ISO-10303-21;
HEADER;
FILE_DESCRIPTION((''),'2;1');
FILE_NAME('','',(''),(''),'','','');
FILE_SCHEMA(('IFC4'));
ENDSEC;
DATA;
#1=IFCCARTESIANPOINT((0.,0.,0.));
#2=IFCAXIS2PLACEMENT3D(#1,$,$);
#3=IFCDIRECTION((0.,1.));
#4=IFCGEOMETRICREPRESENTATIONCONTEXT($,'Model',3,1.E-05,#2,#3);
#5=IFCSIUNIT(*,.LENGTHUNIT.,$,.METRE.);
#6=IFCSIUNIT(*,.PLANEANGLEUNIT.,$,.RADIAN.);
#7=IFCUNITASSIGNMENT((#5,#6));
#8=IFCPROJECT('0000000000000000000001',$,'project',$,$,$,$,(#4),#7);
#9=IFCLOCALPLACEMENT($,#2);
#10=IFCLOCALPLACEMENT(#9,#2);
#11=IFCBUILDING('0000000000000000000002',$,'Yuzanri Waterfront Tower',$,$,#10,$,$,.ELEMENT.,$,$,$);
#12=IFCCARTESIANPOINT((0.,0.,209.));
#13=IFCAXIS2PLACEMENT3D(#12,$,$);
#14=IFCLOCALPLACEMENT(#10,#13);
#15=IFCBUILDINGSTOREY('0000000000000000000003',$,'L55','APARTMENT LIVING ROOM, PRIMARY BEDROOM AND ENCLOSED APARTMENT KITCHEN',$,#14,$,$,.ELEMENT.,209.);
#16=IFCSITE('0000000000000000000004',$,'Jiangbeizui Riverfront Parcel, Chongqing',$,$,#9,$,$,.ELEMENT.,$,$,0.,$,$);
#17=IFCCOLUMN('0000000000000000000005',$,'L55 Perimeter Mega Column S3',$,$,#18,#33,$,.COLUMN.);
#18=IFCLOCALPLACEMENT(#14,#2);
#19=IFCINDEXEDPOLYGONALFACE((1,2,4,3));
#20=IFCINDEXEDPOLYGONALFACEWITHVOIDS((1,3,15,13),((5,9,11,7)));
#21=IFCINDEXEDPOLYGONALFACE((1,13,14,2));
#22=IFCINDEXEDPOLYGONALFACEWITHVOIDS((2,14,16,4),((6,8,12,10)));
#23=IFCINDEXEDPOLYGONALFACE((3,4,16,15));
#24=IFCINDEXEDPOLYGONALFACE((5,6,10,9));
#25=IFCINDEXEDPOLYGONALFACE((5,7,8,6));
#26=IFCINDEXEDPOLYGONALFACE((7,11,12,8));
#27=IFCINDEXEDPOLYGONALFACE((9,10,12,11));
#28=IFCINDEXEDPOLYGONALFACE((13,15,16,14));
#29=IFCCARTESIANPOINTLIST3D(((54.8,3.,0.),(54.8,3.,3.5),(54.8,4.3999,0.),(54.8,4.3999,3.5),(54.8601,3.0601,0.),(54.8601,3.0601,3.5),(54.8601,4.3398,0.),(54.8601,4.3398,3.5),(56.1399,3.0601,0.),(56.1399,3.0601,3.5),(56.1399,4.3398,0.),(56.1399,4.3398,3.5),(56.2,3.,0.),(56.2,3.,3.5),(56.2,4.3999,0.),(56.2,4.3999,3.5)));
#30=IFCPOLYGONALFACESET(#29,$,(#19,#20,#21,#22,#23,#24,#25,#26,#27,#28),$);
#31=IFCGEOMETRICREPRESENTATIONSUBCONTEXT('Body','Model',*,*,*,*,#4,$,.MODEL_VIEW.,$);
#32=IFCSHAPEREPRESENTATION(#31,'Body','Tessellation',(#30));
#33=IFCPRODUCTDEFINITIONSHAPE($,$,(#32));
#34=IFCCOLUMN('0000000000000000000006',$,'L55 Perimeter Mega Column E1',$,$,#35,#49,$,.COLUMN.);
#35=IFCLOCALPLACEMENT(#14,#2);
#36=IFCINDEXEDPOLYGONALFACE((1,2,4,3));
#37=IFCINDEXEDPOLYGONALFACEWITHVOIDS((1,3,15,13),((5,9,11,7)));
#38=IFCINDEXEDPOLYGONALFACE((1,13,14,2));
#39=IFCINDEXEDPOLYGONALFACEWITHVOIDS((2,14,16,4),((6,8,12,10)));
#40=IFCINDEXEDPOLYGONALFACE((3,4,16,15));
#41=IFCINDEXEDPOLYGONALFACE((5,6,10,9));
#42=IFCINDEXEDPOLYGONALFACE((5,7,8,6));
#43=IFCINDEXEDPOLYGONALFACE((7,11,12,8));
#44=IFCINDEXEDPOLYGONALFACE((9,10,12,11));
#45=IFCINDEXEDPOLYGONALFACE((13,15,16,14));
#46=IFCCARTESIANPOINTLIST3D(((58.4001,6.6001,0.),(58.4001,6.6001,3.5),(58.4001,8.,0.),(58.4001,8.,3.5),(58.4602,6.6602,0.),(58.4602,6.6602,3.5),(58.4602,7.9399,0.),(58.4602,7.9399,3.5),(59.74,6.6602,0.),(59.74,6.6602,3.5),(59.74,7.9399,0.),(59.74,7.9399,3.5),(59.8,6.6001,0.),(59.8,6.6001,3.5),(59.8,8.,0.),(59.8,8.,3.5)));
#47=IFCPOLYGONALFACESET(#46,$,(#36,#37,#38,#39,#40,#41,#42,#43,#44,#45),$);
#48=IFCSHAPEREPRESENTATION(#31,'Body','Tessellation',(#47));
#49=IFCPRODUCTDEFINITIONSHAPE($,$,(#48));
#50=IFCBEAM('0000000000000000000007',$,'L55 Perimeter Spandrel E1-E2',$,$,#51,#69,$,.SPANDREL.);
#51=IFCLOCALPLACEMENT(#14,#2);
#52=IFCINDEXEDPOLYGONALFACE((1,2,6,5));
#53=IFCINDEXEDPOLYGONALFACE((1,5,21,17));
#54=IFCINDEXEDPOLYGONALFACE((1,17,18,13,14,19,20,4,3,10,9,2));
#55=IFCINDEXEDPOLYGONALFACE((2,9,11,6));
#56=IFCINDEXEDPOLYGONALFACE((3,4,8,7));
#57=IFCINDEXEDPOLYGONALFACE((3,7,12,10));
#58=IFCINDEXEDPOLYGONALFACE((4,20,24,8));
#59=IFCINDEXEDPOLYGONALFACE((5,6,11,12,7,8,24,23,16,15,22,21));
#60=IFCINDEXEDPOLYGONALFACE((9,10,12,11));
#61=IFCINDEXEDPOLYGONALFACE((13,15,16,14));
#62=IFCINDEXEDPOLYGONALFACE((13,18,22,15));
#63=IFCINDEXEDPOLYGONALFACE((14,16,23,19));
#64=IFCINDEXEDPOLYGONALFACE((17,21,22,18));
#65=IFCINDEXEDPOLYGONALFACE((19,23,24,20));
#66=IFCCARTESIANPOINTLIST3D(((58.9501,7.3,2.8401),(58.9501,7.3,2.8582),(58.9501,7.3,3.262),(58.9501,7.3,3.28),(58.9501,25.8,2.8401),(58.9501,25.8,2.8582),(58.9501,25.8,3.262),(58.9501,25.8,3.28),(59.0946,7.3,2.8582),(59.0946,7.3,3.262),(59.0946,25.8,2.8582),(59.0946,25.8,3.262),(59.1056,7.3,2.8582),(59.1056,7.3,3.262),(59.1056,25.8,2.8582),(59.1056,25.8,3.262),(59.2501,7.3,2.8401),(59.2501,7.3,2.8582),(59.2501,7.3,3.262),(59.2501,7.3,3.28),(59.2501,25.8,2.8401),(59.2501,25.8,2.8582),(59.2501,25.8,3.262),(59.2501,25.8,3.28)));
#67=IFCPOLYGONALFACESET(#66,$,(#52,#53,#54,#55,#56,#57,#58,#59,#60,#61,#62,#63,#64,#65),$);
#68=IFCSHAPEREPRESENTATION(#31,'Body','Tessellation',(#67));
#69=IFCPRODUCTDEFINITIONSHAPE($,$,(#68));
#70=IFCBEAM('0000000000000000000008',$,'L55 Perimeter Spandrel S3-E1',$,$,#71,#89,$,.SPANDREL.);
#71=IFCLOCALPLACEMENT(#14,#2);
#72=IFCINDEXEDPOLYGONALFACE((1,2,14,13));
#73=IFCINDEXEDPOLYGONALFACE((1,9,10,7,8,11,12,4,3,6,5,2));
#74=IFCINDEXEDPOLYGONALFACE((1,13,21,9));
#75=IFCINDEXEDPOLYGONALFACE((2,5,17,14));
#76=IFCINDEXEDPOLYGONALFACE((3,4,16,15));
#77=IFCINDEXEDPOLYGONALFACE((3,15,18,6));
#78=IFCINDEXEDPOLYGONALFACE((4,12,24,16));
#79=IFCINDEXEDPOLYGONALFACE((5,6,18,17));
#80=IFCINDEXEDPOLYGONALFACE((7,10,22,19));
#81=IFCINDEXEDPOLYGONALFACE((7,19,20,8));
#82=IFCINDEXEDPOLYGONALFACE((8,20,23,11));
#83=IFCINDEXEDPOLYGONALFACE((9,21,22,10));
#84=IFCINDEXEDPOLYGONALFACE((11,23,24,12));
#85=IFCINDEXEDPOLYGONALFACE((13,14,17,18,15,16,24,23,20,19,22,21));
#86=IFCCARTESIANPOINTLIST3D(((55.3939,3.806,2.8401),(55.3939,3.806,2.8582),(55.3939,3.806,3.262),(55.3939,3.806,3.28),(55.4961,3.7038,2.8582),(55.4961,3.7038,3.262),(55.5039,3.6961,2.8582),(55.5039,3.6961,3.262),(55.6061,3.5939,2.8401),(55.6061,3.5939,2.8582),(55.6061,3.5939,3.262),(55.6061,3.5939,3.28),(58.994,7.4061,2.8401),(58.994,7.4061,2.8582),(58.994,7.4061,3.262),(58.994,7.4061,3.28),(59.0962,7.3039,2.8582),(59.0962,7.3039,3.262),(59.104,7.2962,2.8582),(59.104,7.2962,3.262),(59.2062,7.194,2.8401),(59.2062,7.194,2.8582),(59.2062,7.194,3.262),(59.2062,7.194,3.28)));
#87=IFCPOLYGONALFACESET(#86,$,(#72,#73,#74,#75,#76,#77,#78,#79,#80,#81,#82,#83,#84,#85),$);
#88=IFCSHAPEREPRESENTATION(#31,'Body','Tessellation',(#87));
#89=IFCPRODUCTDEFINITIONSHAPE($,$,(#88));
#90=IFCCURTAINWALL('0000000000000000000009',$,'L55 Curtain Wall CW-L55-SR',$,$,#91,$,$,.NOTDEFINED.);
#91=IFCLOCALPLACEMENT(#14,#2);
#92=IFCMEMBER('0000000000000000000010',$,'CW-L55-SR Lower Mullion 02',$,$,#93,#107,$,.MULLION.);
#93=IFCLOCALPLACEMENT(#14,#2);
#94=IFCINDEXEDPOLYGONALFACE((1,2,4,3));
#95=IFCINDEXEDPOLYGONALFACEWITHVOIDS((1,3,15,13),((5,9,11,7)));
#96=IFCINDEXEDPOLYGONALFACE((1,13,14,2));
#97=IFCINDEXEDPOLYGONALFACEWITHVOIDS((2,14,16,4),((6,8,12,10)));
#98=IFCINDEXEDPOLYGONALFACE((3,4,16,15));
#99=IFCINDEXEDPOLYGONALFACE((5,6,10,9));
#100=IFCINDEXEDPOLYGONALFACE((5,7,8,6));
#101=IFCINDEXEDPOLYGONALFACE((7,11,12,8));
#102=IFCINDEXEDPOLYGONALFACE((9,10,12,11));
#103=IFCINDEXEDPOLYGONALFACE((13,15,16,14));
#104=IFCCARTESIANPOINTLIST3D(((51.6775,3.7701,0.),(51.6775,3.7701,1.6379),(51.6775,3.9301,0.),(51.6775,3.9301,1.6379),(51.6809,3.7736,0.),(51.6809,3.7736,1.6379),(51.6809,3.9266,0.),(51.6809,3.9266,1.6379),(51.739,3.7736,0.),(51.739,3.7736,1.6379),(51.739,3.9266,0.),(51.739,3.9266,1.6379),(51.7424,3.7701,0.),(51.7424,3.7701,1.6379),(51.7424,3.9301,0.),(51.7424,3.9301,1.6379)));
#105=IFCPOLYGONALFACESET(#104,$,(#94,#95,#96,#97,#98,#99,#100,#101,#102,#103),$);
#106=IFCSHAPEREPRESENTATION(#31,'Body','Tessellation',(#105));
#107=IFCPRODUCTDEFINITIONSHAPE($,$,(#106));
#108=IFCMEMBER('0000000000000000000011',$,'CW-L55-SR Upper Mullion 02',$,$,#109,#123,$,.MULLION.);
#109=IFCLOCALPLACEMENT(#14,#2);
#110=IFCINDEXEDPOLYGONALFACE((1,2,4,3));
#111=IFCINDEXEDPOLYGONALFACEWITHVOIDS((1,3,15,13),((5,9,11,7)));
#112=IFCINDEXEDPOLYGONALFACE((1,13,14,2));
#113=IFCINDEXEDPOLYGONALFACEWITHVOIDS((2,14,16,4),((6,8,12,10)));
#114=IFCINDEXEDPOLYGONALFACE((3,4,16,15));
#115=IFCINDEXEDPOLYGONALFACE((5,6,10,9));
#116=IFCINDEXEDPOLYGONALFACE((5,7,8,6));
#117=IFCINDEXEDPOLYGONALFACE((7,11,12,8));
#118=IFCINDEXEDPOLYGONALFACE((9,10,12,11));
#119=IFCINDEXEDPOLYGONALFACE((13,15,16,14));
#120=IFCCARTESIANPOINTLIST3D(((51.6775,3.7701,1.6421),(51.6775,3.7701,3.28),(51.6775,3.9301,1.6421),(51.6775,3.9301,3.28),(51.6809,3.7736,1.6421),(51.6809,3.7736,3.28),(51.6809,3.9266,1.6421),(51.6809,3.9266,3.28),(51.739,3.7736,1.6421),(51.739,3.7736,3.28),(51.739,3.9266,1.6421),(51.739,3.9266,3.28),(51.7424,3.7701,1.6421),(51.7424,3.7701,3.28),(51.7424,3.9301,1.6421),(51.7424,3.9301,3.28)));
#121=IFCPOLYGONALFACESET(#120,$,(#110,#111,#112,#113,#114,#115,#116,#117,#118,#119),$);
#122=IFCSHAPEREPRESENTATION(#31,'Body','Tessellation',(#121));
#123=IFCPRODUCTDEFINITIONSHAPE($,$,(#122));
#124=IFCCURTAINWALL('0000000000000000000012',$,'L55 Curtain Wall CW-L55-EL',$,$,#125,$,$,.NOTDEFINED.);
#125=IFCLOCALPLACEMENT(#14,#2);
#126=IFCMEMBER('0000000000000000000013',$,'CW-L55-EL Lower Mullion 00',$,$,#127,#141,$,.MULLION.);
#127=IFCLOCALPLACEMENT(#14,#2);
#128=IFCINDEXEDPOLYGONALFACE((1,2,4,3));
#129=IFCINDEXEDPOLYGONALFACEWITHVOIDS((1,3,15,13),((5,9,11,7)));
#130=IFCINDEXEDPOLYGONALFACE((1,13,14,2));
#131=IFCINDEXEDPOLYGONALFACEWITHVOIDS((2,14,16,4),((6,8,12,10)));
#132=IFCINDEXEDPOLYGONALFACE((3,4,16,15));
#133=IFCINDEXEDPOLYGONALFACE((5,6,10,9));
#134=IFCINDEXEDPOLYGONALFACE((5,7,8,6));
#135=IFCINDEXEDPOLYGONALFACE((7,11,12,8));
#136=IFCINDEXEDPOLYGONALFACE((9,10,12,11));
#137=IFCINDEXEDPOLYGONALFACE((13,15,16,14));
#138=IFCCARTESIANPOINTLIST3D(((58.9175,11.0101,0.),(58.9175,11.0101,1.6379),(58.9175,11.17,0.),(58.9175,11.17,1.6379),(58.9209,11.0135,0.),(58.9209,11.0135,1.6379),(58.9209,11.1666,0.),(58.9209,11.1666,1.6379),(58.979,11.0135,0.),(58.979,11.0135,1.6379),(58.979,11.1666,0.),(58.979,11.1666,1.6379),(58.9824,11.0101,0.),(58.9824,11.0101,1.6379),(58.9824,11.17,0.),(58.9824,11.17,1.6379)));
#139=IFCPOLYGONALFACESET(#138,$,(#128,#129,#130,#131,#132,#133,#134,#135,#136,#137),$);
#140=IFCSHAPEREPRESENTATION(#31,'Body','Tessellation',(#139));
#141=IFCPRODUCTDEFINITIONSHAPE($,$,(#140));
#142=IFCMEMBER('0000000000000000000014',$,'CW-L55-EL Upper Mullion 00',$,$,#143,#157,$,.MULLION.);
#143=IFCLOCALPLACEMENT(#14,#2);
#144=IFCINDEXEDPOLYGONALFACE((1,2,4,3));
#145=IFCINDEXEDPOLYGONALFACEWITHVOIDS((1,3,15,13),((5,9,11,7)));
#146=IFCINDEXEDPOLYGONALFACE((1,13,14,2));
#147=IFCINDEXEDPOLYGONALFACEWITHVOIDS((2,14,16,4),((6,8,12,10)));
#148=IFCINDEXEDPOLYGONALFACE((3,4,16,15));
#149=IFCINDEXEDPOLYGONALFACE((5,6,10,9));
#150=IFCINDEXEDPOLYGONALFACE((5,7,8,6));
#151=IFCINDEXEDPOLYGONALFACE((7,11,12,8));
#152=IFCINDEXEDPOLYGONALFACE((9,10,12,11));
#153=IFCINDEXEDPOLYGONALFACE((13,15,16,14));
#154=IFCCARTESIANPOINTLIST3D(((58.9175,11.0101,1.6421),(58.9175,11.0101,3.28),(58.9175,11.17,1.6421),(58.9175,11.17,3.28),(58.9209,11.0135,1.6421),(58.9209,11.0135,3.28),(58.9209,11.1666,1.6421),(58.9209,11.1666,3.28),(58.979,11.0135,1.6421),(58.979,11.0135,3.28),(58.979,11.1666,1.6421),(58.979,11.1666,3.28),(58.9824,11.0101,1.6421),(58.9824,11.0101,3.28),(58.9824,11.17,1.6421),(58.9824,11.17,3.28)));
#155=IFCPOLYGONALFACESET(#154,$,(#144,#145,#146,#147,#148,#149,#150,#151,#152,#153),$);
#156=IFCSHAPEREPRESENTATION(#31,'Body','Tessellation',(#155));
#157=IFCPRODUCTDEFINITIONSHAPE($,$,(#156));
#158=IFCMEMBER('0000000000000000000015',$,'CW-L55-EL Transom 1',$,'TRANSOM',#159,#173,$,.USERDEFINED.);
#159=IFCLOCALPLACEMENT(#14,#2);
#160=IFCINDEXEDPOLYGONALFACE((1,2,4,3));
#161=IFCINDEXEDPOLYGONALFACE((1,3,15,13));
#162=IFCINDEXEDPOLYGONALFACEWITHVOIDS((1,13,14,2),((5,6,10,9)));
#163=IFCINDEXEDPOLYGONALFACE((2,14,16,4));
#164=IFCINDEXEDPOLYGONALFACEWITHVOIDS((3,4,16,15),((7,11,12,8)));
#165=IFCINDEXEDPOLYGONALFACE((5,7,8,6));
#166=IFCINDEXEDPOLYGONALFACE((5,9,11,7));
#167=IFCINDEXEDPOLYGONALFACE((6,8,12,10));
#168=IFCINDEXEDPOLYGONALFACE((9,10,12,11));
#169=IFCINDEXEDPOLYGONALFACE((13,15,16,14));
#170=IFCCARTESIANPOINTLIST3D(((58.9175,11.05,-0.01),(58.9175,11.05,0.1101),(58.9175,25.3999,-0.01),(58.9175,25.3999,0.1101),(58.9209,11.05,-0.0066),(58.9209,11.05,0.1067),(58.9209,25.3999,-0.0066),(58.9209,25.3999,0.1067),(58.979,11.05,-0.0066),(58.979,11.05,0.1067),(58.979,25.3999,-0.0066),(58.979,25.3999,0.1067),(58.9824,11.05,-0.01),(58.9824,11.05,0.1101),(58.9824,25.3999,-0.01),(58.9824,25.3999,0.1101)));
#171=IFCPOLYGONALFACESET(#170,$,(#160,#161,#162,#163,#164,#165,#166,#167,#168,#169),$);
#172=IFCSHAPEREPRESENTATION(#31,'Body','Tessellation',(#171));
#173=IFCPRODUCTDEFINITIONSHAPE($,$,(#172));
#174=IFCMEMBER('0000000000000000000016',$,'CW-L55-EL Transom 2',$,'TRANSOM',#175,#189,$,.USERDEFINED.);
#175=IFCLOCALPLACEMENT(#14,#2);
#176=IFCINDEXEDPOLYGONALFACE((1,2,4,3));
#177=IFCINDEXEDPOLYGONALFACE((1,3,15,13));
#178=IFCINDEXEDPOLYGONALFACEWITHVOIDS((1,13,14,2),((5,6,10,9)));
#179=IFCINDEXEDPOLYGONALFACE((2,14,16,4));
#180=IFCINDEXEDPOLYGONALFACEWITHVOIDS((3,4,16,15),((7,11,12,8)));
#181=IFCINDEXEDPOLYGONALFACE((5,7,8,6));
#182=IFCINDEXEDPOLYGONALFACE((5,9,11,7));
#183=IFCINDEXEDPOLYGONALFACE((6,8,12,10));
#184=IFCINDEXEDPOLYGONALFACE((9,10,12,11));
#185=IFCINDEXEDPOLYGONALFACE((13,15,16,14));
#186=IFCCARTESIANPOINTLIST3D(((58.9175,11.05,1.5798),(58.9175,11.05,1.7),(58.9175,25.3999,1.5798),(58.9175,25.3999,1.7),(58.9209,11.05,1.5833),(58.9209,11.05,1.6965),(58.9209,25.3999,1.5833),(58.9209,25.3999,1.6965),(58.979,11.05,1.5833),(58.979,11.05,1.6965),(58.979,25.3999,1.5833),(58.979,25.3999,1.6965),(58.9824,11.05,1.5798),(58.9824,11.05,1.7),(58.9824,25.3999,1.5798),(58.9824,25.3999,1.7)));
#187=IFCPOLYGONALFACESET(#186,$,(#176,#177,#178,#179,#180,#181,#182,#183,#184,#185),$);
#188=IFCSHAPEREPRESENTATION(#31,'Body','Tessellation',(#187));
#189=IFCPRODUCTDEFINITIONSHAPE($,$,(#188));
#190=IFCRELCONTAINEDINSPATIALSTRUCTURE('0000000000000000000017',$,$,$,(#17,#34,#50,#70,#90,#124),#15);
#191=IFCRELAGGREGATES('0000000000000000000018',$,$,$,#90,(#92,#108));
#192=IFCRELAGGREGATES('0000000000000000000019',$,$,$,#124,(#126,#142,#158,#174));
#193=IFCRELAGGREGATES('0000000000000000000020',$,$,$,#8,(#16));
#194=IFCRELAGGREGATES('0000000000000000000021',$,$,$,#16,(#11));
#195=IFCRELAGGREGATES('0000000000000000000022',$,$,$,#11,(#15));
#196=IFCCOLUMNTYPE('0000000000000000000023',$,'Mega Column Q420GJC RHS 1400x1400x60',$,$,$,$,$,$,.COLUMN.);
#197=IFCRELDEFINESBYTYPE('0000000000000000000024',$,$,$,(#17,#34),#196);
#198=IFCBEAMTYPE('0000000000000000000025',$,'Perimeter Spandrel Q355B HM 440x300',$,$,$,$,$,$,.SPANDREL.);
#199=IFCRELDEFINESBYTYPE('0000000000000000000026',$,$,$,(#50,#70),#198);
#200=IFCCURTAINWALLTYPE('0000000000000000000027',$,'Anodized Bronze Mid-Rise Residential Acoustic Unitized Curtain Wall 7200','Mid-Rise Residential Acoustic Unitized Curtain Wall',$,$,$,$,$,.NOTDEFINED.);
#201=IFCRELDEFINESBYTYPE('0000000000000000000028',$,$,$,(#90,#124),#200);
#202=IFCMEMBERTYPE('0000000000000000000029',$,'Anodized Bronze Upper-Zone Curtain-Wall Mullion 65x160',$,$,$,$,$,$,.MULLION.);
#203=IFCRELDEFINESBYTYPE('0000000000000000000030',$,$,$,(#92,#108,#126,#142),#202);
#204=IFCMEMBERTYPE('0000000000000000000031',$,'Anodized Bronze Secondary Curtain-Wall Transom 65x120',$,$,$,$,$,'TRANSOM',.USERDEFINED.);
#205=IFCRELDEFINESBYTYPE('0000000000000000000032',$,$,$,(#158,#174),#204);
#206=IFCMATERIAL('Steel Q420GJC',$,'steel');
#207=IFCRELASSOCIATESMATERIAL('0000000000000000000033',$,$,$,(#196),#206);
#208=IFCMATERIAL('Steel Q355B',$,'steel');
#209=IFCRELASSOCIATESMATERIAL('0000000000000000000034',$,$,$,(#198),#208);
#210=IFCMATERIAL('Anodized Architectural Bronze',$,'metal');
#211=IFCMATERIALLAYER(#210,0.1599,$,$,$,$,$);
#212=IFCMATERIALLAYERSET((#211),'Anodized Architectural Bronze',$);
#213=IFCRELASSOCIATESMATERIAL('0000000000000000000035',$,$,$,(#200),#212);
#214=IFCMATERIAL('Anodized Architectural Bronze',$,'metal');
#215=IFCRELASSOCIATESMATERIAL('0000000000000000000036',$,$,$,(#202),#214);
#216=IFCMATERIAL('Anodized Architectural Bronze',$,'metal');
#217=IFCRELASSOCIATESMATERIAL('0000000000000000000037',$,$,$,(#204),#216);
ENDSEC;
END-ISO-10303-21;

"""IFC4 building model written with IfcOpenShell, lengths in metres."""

from ifc_helpers import new_model, si_unit, direction, frame, origin, origin_2d, place, context, subcontext, project, spatial, hollow_rectangle, i_section, extrude, source, transform, mapped, material, layer, layer_set, material_profile, profile_set, type_object, element, aggregate, save


model = new_model("IFC4")

# Units and contexts
model_context = context("Model", 3, precision=1e-05, world=origin(), true_north=direction((0.0, 1.0)))
body_context = subcontext(model_context, "Body", "Model", "MODEL_VIEW")
ifc_project = project(units=[si_unit("LENGTHUNIT", "METRE"), si_unit("PLANEANGLEUNIT", "RADIAN")], contexts=[model_context])

# Site, building, storey
site_placement = place(None, origin())
site = spatial("IfcSite", under=ifc_project, at=site_placement, Name="Jiangbeizui Riverfront Parcel, Chongqing", CompositionType="ELEMENT", RefElevation=0.0)
building_placement = place(site_placement, origin())
building = spatial("IfcBuilding", under=site, at=building_placement, Name="Yuzanri Waterfront Tower", CompositionType="ELEMENT")
storey_placement = place(building_placement, frame((0.0, 0.0, 209.0)))
storey = spatial("IfcBuildingStorey", under=building, at=storey_placement, Name="L55", Description="APARTMENT LIVING ROOM, PRIMARY BEDROOM AND ENCLOSED APARTMENT KITCHEN", CompositionType="ELEMENT", Elevation=209.0)

# Columns
ifc_material_1 = material(Name="Steel Q420GJC", Category="steel")
ifc_material_profile_1 = material_profile(ifc_material_1, hollow_rectangle(XDim=1.3999, YDim=1.3999, WallThickness=0.0601, at=origin_2d()), Name="RHS 1400x1400x60")
ifc_profile_set_1 = profile_set([ifc_material_profile_1], Name="Steel Q420GJC")
column_type = type_object("IfcColumnType", Name="Mega Column Q420GJC RHS 1400x1400x60", PredefinedType="COLUMN", material=ifc_profile_set_1)
shared_shape_1 = source(origin(), body_context, "Body", "SweptSolid", [
    extrude(hollow_rectangle(XDim=1.3999, YDim=1.3999, WallThickness=0.0601, at=origin_2d()), origin(), (0.0, 0.0, 1.0), 3.5),
])
for number, where, z_axis, x_axis, name in (
    (1, (55.5, 3.7, 0.0), (0.0, 0.0, 1.0), (1.0, 0.0, 0.0), "L55 Perimeter Mega Column S3"),
    (2, (59.1001, 7.3, 0.0), (0.0, 0.0, 1.0), (1.0, 0.0, 0.0), "L55 Perimeter Mega Column E1"),
):
    element("IfcColumn", number, at=place(storey_placement, frame(where, z_axis=z_axis, x_axis=x_axis)), inside=storey, type_object=column_type, Name=name, PredefinedType="COLUMN", context=body_context, shape_type="MappedRepresentation", body=[
        mapped(shared_shape_1, transform((0.0, 0.0, 0.0), scale=1.0)),
    ])

# Beams
ifc_material_2 = material(Name="Steel Q355B", Category="steel")
ifc_material_profile_2 = material_profile(ifc_material_2, i_section(OverallWidth=0.3, OverallDepth=0.4399, WebThickness=0.011, FlangeThickness=0.0181, at=origin_2d()), Name="HM 440x300x11x18")
ifc_profile_set_2 = profile_set([ifc_material_profile_2], Name="Steel Q355B")
beam_type = type_object("IfcBeamType", Name="Perimeter Spandrel Q355B HM 440x300", PredefinedType="SPANDREL", material=ifc_profile_set_2)
shared_shape_2 = source(origin(), body_context, "Body", "SweptSolid", [
    extrude(i_section(OverallWidth=0.3, OverallDepth=0.4399, WebThickness=0.011, FlangeThickness=0.0181, at=origin_2d()), origin(), (0.0, 0.0, 1.0), 18.5),
])
beam_1_placement = place(storey_placement, frame((59.1001, 7.3, 3.0601), z_axis=(0.0, 1.0, 0.0), x_axis=(-1.0, 0.0, 0.0)))
element("IfcBeam", 3, at=beam_1_placement, inside=storey, type_object=beam_type, Name="L55 Perimeter Spandrel E1-E2", PredefinedType="SPANDREL", context=body_context, shape_type="MappedRepresentation", body=[
    mapped(shared_shape_2, transform((0.0, 0.0, 0.0), scale=1.0)),
])
shared_shape_3 = source(origin(), body_context, "Body", "SweptSolid", [
    extrude(i_section(OverallWidth=0.3, OverallDepth=0.4399, WebThickness=0.011, FlangeThickness=0.0181, at=origin_2d()), origin(), (0.0, 0.0, 1.0), 5.0913),
])
beam_2_placement = place(storey_placement, frame((55.5, 3.7, 3.0601), z_axis=(0.707107, 0.707107, 0.0), x_axis=(-0.707107, 0.707107, 0.0)))
element("IfcBeam", 4, at=beam_2_placement, inside=storey, type_object=beam_type, Name="L55 Perimeter Spandrel S3-E1", PredefinedType="SPANDREL", context=body_context, shape_type="MappedRepresentation", body=[
    mapped(shared_shape_3, transform((0.0, 0.0, 0.0), scale=1.0)),
])

# Curtain walls, members
ifc_material_3 = material(Name="Anodized Architectural Bronze", Category="metal")
ifc_layer_1 = layer(ifc_material_3, 0.1599)
ifc_layer_set_1 = layer_set([ifc_layer_1], Name="Anodized Architectural Bronze")
curtain_wall_type = type_object("IfcCurtainWallType", Name="Anodized Bronze Mid-Rise Residential Acoustic Unitized Curtain Wall 7200", Description="Mid-Rise Residential Acoustic Unitized Curtain Wall", PredefinedType="NOTDEFINED", material=ifc_layer_set_1)
curtain_wall_1_placement = place(storey_placement, origin())
curtain_wall_1 = element("IfcCurtainWall", 5, at=curtain_wall_1_placement, inside=storey, type_object=curtain_wall_type, Name="L55 Curtain Wall CW-L55-SR", PredefinedType="NOTDEFINED")
ifc_material_4 = material(Name="Anodized Architectural Bronze", Category="metal")
ifc_material_profile_3 = material_profile(ifc_material_4, hollow_rectangle(XDim=0.0649, YDim=0.1599, WallThickness=0.0034, at=origin_2d()), Name="CWM 65x160")
ifc_profile_set_3 = profile_set([ifc_material_profile_3], Name="Anodized Architectural Bronze")
member_type_1 = type_object("IfcMemberType", Name="Anodized Bronze Upper-Zone Curtain-Wall Mullion 65x160", PredefinedType="MULLION", material=ifc_profile_set_3)
shared_shape_4 = source(origin(), body_context, "Body", "SweptSolid", [
    extrude(hollow_rectangle(XDim=0.0649, YDim=0.1599, WallThickness=0.0034, at=origin_2d()), origin(), (0.0, 0.0, 1.0), 1.6379),
])
member_1_placement = place(storey_placement, frame((51.71, 3.8501, 0.0), z_axis=(0.0, 0.0, 1.0), x_axis=(1.0, 0.0, 0.0)))
member_1 = element("IfcMember", 6, at=member_1_placement, type_object=member_type_1, Name="CW-L55-SR Lower Mullion 02", PredefinedType="MULLION", context=body_context, shape_type="MappedRepresentation", body=[
    mapped(shared_shape_4, transform((0.0, 0.0, 0.0), scale=1.0)),
])
member_2_placement = place(storey_placement, frame((51.71, 3.8501, 1.6421), z_axis=(0.0, 0.0, 1.0), x_axis=(1.0, 0.0, 0.0)))
member_2 = element("IfcMember", 7, at=member_2_placement, type_object=member_type_1, Name="CW-L55-SR Upper Mullion 02", PredefinedType="MULLION", context=body_context, shape_type="MappedRepresentation", body=[
    mapped(shared_shape_4, transform((0.0, 0.0, 0.0), scale=1.0)),
])
aggregate(curtain_wall_1, [member_1, member_2])
curtain_wall_2_placement = place(storey_placement, origin())
curtain_wall_2 = element("IfcCurtainWall", 8, at=curtain_wall_2_placement, inside=storey, type_object=curtain_wall_type, Name="L55 Curtain Wall CW-L55-EL", PredefinedType="NOTDEFINED")
member_3_placement = place(storey_placement, frame((58.95, 11.0901, 0.0), z_axis=(0.0, 0.0, 1.0), x_axis=(1.0, 0.0, 0.0)))
member_3 = element("IfcMember", 9, at=member_3_placement, type_object=member_type_1, Name="CW-L55-EL Lower Mullion 00", PredefinedType="MULLION", context=body_context, shape_type="MappedRepresentation", body=[
    mapped(shared_shape_4, transform((0.0, 0.0, 0.0), scale=1.0)),
])
member_4_placement = place(storey_placement, frame((58.95, 11.0901, 1.6421), z_axis=(0.0, 0.0, 1.0), x_axis=(1.0, 0.0, 0.0)))
member_4 = element("IfcMember", 10, at=member_4_placement, type_object=member_type_1, Name="CW-L55-EL Upper Mullion 00", PredefinedType="MULLION", context=body_context, shape_type="MappedRepresentation", body=[
    mapped(shared_shape_4, transform((0.0, 0.0, 0.0), scale=1.0)),
])
ifc_material_5 = material(Name="Anodized Architectural Bronze", Category="metal")
ifc_material_profile_4 = material_profile(ifc_material_5, hollow_rectangle(XDim=0.0649, YDim=0.1201, WallThickness=0.0034, at=origin_2d()), Name="CWT 65x120")
ifc_profile_set_4 = profile_set([ifc_material_profile_4], Name="Anodized Architectural Bronze")
member_type_2 = type_object("IfcMemberType", Name="Anodized Bronze Secondary Curtain-Wall Transom 65x120", ElementType="TRANSOM", PredefinedType="USERDEFINED", material=ifc_profile_set_4)
shared_shape_5 = source(origin(), body_context, "Body", "SweptSolid", [
    extrude(hollow_rectangle(XDim=0.0649, YDim=0.1201, WallThickness=0.0034, at=origin_2d()), origin(), (0.0, 0.0, 1.0), 14.3499),
])
member_5_placement = place(storey_placement, frame((58.95, 11.05, 0.05), z_axis=(0.0, 1.0, 0.0), x_axis=(-1.0, 0.0, 0.0)))
member_5 = element("IfcMember", 11, at=member_5_placement, type_object=member_type_2, Name="CW-L55-EL Transom 1", ObjectType="TRANSOM", PredefinedType="USERDEFINED", context=body_context, shape_type="MappedRepresentation", body=[
    mapped(shared_shape_5, transform((0.0, 0.0, 0.0), scale=1.0)),
])
member_6_placement = place(storey_placement, frame((58.95, 11.05, 1.6399), z_axis=(0.0, 1.0, 0.0), x_axis=(-1.0, 0.0, 0.0)))
member_6 = element("IfcMember", 12, at=member_6_placement, type_object=member_type_2, Name="CW-L55-EL Transom 2", ObjectType="TRANSOM", PredefinedType="USERDEFINED", context=body_context, shape_type="MappedRepresentation", body=[
    mapped(shared_shape_5, transform((0.0, 0.0, 0.0), scale=1.0)),
])
aggregate(curtain_wall_2, [member_3, member_4, member_5, member_6])

save(model, "model.ifc")
